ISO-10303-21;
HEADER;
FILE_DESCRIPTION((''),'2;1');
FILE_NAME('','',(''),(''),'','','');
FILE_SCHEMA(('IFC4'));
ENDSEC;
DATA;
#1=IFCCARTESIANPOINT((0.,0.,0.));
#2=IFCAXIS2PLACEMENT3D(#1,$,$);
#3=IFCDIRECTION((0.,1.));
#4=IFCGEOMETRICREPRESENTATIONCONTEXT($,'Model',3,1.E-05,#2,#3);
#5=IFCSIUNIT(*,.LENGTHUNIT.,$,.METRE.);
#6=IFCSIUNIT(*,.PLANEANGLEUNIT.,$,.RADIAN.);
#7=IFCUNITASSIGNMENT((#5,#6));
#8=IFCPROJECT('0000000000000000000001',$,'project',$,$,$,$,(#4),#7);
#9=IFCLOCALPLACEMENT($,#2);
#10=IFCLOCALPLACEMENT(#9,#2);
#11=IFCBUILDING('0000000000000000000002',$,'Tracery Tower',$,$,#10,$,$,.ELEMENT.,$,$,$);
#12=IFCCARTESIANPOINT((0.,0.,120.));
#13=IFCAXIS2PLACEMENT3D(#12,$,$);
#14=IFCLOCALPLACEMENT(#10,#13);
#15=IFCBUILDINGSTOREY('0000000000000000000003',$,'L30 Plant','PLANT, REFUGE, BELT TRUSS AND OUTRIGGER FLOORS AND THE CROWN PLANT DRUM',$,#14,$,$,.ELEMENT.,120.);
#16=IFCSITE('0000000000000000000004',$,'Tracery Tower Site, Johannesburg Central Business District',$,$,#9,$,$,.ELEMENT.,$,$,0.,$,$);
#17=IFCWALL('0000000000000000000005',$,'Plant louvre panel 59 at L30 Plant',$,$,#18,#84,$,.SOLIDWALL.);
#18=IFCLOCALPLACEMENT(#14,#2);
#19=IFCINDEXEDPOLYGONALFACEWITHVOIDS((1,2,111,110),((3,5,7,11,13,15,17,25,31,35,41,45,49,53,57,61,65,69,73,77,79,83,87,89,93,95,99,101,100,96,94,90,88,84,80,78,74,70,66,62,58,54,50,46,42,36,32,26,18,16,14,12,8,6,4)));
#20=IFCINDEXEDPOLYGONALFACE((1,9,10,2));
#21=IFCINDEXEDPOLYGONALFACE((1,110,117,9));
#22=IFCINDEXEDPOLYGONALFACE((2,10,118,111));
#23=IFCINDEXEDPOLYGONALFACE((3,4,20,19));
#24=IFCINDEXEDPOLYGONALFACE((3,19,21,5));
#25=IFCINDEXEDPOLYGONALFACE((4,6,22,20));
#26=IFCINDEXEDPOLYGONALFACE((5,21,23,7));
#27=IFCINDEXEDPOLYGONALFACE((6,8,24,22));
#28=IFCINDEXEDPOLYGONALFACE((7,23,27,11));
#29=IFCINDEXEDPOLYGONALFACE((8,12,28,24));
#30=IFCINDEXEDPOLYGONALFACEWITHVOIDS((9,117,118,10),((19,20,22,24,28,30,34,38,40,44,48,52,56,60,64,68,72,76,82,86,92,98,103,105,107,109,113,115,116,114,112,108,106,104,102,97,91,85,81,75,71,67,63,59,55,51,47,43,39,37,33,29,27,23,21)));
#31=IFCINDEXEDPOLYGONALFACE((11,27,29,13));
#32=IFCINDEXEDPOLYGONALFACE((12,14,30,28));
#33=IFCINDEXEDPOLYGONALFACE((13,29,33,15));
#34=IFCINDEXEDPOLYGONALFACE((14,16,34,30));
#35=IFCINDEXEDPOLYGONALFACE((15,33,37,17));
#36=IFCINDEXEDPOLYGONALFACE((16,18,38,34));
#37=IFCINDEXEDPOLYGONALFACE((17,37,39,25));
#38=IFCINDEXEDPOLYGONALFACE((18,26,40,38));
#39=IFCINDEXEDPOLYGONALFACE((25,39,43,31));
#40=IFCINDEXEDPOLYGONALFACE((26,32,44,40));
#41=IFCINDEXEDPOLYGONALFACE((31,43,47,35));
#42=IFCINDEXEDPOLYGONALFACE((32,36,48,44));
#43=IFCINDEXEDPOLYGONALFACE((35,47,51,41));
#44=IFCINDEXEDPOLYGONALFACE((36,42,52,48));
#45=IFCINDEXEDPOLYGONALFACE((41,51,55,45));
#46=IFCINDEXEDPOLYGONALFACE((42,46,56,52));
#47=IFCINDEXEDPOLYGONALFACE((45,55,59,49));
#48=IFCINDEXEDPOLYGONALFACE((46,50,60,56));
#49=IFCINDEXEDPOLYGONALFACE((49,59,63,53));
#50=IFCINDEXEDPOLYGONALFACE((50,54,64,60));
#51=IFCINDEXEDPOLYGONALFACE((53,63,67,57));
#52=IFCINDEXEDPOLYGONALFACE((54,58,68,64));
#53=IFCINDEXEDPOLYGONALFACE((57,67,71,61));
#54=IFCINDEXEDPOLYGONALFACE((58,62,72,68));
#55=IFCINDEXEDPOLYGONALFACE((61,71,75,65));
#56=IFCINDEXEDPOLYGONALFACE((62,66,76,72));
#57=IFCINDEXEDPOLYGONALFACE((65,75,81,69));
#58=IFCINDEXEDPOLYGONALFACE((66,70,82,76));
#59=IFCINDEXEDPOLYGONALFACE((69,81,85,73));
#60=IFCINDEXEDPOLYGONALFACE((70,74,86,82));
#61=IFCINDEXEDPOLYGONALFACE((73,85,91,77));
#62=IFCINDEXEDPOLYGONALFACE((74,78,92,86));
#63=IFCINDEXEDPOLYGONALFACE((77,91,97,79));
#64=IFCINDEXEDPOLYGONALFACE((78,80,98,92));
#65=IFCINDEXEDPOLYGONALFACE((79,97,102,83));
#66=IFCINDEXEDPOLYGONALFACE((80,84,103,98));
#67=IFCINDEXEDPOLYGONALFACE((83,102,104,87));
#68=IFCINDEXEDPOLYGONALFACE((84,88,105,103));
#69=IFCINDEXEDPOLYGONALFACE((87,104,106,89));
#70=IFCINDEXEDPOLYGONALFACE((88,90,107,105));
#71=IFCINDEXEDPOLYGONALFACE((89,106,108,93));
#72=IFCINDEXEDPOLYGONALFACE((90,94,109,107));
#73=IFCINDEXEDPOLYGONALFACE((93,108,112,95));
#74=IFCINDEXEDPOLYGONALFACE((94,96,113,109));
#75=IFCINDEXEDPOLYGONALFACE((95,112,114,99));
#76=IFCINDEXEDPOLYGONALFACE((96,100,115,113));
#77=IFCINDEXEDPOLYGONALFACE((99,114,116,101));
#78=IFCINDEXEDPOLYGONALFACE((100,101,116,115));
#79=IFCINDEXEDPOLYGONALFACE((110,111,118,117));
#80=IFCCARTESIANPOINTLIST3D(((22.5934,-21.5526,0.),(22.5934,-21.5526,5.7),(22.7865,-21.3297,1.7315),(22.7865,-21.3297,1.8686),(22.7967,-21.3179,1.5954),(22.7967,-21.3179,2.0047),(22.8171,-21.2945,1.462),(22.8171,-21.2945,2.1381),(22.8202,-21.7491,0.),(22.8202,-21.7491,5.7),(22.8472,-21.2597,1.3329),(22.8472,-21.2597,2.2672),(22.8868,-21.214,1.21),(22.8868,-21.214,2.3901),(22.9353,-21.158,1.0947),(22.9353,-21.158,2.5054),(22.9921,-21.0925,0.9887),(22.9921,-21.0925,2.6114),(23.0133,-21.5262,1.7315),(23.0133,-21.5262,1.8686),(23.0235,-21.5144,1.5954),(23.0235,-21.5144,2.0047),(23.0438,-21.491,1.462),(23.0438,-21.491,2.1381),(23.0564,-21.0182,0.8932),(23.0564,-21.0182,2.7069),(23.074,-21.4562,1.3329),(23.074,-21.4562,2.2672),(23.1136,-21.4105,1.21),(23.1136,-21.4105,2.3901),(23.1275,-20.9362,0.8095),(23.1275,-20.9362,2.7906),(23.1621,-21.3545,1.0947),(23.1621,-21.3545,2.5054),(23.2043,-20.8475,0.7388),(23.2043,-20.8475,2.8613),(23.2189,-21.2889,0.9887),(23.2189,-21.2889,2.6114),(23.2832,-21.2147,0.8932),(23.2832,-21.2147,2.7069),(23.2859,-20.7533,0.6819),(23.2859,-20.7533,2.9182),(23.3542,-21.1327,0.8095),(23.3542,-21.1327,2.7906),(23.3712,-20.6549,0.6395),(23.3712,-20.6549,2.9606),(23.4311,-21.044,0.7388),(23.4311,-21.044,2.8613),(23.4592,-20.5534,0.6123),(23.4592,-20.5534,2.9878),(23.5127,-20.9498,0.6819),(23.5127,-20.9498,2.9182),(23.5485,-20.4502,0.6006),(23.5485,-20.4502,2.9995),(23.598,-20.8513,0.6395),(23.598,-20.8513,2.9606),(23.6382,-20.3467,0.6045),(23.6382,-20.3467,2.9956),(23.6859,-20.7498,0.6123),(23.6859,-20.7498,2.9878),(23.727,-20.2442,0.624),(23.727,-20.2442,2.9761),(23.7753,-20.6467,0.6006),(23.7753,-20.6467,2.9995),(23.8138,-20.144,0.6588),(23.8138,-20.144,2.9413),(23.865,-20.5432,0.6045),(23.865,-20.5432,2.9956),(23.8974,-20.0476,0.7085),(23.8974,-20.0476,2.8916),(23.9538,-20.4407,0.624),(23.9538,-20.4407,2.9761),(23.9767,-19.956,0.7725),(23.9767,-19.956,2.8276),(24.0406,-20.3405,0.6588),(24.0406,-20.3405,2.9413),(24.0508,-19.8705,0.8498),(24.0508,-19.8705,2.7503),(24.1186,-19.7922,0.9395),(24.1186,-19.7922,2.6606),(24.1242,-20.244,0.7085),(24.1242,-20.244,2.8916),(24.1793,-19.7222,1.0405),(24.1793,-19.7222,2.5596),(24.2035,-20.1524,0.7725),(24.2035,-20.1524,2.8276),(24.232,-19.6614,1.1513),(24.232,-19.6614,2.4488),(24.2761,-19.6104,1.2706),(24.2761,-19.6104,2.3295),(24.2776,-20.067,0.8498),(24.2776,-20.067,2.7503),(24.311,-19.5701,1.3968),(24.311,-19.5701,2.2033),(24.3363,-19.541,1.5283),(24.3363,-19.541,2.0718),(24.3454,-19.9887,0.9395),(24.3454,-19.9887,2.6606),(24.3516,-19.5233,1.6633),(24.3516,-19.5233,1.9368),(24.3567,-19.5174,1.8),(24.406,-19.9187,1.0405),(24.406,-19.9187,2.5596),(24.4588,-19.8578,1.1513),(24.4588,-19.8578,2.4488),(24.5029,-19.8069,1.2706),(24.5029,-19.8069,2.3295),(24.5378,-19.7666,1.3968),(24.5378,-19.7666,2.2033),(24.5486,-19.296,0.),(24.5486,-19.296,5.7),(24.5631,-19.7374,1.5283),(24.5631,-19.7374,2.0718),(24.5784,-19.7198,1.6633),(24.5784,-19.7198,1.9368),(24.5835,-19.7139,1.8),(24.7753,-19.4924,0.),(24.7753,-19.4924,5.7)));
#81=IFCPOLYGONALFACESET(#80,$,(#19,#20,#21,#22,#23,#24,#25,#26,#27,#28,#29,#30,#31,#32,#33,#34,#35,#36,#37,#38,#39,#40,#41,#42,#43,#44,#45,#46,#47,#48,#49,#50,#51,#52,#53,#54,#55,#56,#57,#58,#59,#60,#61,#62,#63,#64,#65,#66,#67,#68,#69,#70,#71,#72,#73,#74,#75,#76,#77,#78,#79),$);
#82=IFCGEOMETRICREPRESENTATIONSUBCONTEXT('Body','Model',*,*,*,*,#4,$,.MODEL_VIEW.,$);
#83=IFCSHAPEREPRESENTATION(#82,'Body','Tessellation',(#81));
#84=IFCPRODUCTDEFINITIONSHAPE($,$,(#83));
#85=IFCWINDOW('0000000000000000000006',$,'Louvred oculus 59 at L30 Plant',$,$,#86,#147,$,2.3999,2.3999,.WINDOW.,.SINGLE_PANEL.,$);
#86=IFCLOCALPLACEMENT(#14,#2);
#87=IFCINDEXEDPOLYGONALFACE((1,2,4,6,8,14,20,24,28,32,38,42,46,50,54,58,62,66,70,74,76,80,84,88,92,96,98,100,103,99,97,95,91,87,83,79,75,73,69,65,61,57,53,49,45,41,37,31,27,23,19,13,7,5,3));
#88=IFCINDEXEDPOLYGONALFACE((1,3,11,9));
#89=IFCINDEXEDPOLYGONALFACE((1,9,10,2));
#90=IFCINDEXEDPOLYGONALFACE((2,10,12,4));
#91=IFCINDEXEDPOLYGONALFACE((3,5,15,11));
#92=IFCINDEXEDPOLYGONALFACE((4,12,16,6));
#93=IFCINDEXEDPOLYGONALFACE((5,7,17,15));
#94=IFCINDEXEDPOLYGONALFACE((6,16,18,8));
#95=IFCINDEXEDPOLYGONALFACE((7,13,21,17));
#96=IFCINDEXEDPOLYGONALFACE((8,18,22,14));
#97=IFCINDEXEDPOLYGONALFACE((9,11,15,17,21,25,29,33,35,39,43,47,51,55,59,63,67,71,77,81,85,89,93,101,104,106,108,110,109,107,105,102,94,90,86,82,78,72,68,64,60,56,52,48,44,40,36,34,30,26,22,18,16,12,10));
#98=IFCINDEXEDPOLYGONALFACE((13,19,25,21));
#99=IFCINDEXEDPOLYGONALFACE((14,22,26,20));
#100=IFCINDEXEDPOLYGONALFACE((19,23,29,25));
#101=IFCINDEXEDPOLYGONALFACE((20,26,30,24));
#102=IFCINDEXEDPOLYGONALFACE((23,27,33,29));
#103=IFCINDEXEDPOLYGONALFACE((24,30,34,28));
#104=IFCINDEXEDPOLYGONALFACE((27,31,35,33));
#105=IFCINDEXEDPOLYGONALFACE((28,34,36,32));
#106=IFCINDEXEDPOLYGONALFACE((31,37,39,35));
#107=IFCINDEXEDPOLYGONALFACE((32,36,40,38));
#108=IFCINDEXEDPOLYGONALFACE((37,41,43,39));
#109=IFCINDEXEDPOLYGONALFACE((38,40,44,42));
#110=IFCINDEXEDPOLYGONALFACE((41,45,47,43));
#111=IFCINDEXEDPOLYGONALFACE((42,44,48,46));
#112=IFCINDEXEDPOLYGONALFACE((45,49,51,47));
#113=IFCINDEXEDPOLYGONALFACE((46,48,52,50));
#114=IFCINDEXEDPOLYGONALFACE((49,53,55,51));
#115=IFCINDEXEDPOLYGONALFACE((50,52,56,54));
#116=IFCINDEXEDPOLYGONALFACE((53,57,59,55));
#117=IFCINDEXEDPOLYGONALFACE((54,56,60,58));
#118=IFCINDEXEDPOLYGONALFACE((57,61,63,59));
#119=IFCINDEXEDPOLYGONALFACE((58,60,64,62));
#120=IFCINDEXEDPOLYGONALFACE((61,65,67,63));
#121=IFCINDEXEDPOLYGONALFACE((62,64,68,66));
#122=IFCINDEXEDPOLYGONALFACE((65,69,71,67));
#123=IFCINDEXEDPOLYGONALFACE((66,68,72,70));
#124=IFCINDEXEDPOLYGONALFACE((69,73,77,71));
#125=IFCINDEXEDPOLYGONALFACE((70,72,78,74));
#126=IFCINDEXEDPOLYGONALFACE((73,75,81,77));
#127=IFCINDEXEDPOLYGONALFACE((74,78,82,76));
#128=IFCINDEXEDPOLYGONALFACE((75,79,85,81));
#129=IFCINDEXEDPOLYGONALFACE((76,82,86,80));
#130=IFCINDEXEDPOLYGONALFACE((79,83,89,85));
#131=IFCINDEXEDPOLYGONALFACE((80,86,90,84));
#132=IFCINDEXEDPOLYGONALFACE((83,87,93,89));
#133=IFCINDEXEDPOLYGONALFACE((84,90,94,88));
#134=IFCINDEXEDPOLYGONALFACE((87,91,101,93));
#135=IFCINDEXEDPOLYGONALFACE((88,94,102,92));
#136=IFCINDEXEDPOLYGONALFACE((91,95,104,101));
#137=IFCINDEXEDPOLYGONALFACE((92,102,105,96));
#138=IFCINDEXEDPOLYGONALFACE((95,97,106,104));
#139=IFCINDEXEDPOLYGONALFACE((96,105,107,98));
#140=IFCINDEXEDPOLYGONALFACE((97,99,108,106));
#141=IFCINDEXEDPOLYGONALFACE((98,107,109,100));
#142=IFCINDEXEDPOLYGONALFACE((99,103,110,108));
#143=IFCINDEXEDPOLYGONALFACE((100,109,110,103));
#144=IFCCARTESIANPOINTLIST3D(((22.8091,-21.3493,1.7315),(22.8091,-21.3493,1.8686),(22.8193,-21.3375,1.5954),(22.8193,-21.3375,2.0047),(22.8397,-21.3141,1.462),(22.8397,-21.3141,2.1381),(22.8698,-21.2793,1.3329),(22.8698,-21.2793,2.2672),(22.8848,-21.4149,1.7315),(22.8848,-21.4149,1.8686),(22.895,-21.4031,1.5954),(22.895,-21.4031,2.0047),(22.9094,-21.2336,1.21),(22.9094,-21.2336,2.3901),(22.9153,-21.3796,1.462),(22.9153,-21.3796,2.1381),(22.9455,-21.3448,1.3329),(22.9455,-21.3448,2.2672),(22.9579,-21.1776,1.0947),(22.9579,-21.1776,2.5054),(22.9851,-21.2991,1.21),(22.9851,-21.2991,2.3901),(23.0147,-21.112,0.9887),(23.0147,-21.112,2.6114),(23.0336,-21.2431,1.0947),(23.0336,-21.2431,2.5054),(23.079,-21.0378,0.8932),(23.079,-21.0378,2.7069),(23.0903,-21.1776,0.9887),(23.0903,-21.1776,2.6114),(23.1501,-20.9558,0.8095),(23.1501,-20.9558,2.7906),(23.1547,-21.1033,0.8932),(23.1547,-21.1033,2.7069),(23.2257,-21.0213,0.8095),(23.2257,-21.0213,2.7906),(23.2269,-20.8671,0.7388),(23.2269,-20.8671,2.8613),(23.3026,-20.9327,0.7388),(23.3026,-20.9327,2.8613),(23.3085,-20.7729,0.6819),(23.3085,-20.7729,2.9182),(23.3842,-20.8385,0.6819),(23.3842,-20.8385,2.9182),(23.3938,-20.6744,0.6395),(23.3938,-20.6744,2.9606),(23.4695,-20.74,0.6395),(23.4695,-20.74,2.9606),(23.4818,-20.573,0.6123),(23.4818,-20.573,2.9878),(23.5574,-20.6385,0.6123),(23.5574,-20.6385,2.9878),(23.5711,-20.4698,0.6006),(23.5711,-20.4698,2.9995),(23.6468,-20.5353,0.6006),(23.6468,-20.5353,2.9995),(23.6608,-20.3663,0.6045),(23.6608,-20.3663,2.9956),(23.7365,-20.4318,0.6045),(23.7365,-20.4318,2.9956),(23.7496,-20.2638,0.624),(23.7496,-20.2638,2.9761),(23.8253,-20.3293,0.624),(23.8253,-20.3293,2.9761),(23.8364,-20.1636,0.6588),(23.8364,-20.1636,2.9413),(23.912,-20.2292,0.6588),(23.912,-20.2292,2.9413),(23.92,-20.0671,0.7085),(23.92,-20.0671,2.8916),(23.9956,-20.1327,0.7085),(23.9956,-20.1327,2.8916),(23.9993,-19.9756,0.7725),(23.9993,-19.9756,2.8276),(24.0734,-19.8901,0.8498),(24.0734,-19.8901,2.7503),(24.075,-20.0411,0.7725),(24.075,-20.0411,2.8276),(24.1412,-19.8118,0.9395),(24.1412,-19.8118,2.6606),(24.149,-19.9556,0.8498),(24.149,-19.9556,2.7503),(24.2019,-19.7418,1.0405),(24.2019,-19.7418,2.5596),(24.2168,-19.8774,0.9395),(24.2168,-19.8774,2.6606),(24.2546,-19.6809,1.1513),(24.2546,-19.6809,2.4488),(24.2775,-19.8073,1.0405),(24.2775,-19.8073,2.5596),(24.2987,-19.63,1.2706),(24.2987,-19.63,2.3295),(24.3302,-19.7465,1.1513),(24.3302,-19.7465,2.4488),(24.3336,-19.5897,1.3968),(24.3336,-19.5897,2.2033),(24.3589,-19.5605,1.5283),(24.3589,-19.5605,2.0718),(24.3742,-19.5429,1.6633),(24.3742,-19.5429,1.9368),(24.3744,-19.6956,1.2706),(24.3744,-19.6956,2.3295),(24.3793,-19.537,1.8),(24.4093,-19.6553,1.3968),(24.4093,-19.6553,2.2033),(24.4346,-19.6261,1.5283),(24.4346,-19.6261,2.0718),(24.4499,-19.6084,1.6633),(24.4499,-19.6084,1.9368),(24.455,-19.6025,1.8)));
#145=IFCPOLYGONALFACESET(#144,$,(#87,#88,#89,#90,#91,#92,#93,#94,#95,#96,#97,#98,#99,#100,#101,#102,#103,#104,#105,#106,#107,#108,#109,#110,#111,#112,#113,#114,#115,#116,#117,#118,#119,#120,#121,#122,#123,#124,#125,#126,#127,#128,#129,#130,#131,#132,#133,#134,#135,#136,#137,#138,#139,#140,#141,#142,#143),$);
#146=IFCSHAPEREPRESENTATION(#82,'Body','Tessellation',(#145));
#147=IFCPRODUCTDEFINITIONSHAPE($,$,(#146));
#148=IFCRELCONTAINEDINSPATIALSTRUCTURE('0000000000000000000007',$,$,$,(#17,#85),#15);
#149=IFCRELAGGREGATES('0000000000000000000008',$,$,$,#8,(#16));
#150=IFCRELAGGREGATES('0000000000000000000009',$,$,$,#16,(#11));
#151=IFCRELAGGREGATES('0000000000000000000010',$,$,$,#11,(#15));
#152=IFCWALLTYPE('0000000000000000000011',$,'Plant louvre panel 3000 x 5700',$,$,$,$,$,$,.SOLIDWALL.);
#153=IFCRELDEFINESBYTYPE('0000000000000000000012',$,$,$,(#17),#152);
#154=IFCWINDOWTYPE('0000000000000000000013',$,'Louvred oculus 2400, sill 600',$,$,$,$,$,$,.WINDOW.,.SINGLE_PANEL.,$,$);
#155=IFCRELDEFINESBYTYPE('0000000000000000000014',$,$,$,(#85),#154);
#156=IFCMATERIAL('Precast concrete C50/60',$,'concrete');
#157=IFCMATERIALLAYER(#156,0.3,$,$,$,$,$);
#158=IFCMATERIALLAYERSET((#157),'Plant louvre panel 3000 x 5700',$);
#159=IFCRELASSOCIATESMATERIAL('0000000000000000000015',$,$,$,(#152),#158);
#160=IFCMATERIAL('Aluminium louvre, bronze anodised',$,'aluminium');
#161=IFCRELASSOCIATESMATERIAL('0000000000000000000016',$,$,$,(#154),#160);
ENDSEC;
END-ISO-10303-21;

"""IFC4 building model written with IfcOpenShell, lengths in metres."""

from ifc_helpers import new_model, si_unit, direction, frame, frame_2d, origin, origin_2d, place, context, subcontext, project, spatial, rectangle, circle, extrude, material, layer, layer_set, type_object, element, fill, save


model = new_model("IFC4")

# Units and contexts
model_context = context("Model", 3, precision=1e-05, world=origin(), true_north=direction((0.0, 1.0)))
body_context = subcontext(model_context, "Body", "Model", "MODEL_VIEW")
ifc_project = project(units=[si_unit("LENGTHUNIT", "METRE"), si_unit("PLANEANGLEUNIT", "RADIAN")], contexts=[model_context])

# Site, building, storey
site_placement = place(None, origin())
site = spatial("IfcSite", under=ifc_project, at=site_placement, Name="Tracery Tower Site, Johannesburg Central Business District", CompositionType="ELEMENT", RefElevation=0.0)
building_placement = place(site_placement, origin())
building = spatial("IfcBuilding", under=site, at=building_placement, Name="Tracery Tower", CompositionType="ELEMENT")
storey_placement = place(building_placement, frame((0.0, 0.0, 120.0)))
storey = spatial("IfcBuildingStorey", under=building, at=storey_placement, Name="L30 Plant", Description="PLANT, REFUGE, BELT TRUSS AND OUTRIGGER FLOORS AND THE CROWN PLANT DRUM", CompositionType="ELEMENT", Elevation=120.0)

# Wall, opening, window
ifc_material_1 = material(Name="Precast concrete C50/60", Category="concrete")
ifc_layer_1 = layer(ifc_material_1, 0.3)
ifc_layer_set_1 = layer_set([ifc_layer_1], Name="Plant louvre panel 3000 x 5700")
wall_type_1 = type_object("IfcWallType", Name="Plant louvre panel 3000 x 5700", PredefinedType="SOLIDWALL", material=ifc_layer_set_1)
ifc_material_2 = material(Name="Aluminium louvre, bronze anodised", Category="aluminium")
window_type = type_object("IfcWindowType", Name="Louvred oculus 2400, sill 600", PartitioningType="SINGLE_PANEL", PredefinedType="WINDOW", material=ifc_material_2)
wall_1_placement = place(storey_placement, frame((22.7068, -21.6509, 0.0), z_axis=(0.0, 0.0, 1.0), x_axis=(0.654809, 0.755794, 0.0)))
wall_1 = element("IfcWall", 1, at=wall_1_placement, inside=storey, type_object=wall_type_1, Name="Plant louvre panel 59 at L30 Plant", PredefinedType="SOLIDWALL", context=body_context, shape_type="SweptSolid", body=[
    extrude(rectangle(XDim=2.9858, YDim=0.3, at=frame_2d((1.4929, 0.0))), origin(), (0.0, 0.0, 1.0), 5.7),
])
opening_1_placement = place(wall_1_placement, frame((1.4929, 0.0, 1.8)))
opening_1 = element("IfcOpeningElement", 2, at=opening_1_placement, cuts=wall_1, PredefinedType="OPENING", context=body_context, shape_type="SweptSolid", body=[
    extrude(circle(Radius=1.2, at=origin_2d()), frame((0.0, 0.1599, 0.0), z_axis=(0.0, -1.0, 0.0), x_axis=(1.0, 0.0, 0.0)), (0.0, 0.0, 1.0), 0.3201),
])
window_1_placement = place(opening_1_placement, origin())
window_1 = element("IfcWindow", 3, at=window_1_placement, inside=storey, type_object=window_type, Name="Louvred oculus 59 at L30 Plant", OverallHeight=2.3999, OverallWidth=2.3999, PartitioningType="SINGLE_PANEL", PredefinedType="WINDOW", context=body_context, shape_type="SweptSolid", body=[
    extrude(circle(Radius=1.2, at=origin_2d()), frame((0.0, 0.1201, 0.0), z_axis=(0.0, -1.0, 0.0), x_axis=(1.0, 0.0, 0.0)), (0.0, 0.0, 1.0), 0.1001),
])
fill(opening_1, window_1)

save(model, "model.ifc")
